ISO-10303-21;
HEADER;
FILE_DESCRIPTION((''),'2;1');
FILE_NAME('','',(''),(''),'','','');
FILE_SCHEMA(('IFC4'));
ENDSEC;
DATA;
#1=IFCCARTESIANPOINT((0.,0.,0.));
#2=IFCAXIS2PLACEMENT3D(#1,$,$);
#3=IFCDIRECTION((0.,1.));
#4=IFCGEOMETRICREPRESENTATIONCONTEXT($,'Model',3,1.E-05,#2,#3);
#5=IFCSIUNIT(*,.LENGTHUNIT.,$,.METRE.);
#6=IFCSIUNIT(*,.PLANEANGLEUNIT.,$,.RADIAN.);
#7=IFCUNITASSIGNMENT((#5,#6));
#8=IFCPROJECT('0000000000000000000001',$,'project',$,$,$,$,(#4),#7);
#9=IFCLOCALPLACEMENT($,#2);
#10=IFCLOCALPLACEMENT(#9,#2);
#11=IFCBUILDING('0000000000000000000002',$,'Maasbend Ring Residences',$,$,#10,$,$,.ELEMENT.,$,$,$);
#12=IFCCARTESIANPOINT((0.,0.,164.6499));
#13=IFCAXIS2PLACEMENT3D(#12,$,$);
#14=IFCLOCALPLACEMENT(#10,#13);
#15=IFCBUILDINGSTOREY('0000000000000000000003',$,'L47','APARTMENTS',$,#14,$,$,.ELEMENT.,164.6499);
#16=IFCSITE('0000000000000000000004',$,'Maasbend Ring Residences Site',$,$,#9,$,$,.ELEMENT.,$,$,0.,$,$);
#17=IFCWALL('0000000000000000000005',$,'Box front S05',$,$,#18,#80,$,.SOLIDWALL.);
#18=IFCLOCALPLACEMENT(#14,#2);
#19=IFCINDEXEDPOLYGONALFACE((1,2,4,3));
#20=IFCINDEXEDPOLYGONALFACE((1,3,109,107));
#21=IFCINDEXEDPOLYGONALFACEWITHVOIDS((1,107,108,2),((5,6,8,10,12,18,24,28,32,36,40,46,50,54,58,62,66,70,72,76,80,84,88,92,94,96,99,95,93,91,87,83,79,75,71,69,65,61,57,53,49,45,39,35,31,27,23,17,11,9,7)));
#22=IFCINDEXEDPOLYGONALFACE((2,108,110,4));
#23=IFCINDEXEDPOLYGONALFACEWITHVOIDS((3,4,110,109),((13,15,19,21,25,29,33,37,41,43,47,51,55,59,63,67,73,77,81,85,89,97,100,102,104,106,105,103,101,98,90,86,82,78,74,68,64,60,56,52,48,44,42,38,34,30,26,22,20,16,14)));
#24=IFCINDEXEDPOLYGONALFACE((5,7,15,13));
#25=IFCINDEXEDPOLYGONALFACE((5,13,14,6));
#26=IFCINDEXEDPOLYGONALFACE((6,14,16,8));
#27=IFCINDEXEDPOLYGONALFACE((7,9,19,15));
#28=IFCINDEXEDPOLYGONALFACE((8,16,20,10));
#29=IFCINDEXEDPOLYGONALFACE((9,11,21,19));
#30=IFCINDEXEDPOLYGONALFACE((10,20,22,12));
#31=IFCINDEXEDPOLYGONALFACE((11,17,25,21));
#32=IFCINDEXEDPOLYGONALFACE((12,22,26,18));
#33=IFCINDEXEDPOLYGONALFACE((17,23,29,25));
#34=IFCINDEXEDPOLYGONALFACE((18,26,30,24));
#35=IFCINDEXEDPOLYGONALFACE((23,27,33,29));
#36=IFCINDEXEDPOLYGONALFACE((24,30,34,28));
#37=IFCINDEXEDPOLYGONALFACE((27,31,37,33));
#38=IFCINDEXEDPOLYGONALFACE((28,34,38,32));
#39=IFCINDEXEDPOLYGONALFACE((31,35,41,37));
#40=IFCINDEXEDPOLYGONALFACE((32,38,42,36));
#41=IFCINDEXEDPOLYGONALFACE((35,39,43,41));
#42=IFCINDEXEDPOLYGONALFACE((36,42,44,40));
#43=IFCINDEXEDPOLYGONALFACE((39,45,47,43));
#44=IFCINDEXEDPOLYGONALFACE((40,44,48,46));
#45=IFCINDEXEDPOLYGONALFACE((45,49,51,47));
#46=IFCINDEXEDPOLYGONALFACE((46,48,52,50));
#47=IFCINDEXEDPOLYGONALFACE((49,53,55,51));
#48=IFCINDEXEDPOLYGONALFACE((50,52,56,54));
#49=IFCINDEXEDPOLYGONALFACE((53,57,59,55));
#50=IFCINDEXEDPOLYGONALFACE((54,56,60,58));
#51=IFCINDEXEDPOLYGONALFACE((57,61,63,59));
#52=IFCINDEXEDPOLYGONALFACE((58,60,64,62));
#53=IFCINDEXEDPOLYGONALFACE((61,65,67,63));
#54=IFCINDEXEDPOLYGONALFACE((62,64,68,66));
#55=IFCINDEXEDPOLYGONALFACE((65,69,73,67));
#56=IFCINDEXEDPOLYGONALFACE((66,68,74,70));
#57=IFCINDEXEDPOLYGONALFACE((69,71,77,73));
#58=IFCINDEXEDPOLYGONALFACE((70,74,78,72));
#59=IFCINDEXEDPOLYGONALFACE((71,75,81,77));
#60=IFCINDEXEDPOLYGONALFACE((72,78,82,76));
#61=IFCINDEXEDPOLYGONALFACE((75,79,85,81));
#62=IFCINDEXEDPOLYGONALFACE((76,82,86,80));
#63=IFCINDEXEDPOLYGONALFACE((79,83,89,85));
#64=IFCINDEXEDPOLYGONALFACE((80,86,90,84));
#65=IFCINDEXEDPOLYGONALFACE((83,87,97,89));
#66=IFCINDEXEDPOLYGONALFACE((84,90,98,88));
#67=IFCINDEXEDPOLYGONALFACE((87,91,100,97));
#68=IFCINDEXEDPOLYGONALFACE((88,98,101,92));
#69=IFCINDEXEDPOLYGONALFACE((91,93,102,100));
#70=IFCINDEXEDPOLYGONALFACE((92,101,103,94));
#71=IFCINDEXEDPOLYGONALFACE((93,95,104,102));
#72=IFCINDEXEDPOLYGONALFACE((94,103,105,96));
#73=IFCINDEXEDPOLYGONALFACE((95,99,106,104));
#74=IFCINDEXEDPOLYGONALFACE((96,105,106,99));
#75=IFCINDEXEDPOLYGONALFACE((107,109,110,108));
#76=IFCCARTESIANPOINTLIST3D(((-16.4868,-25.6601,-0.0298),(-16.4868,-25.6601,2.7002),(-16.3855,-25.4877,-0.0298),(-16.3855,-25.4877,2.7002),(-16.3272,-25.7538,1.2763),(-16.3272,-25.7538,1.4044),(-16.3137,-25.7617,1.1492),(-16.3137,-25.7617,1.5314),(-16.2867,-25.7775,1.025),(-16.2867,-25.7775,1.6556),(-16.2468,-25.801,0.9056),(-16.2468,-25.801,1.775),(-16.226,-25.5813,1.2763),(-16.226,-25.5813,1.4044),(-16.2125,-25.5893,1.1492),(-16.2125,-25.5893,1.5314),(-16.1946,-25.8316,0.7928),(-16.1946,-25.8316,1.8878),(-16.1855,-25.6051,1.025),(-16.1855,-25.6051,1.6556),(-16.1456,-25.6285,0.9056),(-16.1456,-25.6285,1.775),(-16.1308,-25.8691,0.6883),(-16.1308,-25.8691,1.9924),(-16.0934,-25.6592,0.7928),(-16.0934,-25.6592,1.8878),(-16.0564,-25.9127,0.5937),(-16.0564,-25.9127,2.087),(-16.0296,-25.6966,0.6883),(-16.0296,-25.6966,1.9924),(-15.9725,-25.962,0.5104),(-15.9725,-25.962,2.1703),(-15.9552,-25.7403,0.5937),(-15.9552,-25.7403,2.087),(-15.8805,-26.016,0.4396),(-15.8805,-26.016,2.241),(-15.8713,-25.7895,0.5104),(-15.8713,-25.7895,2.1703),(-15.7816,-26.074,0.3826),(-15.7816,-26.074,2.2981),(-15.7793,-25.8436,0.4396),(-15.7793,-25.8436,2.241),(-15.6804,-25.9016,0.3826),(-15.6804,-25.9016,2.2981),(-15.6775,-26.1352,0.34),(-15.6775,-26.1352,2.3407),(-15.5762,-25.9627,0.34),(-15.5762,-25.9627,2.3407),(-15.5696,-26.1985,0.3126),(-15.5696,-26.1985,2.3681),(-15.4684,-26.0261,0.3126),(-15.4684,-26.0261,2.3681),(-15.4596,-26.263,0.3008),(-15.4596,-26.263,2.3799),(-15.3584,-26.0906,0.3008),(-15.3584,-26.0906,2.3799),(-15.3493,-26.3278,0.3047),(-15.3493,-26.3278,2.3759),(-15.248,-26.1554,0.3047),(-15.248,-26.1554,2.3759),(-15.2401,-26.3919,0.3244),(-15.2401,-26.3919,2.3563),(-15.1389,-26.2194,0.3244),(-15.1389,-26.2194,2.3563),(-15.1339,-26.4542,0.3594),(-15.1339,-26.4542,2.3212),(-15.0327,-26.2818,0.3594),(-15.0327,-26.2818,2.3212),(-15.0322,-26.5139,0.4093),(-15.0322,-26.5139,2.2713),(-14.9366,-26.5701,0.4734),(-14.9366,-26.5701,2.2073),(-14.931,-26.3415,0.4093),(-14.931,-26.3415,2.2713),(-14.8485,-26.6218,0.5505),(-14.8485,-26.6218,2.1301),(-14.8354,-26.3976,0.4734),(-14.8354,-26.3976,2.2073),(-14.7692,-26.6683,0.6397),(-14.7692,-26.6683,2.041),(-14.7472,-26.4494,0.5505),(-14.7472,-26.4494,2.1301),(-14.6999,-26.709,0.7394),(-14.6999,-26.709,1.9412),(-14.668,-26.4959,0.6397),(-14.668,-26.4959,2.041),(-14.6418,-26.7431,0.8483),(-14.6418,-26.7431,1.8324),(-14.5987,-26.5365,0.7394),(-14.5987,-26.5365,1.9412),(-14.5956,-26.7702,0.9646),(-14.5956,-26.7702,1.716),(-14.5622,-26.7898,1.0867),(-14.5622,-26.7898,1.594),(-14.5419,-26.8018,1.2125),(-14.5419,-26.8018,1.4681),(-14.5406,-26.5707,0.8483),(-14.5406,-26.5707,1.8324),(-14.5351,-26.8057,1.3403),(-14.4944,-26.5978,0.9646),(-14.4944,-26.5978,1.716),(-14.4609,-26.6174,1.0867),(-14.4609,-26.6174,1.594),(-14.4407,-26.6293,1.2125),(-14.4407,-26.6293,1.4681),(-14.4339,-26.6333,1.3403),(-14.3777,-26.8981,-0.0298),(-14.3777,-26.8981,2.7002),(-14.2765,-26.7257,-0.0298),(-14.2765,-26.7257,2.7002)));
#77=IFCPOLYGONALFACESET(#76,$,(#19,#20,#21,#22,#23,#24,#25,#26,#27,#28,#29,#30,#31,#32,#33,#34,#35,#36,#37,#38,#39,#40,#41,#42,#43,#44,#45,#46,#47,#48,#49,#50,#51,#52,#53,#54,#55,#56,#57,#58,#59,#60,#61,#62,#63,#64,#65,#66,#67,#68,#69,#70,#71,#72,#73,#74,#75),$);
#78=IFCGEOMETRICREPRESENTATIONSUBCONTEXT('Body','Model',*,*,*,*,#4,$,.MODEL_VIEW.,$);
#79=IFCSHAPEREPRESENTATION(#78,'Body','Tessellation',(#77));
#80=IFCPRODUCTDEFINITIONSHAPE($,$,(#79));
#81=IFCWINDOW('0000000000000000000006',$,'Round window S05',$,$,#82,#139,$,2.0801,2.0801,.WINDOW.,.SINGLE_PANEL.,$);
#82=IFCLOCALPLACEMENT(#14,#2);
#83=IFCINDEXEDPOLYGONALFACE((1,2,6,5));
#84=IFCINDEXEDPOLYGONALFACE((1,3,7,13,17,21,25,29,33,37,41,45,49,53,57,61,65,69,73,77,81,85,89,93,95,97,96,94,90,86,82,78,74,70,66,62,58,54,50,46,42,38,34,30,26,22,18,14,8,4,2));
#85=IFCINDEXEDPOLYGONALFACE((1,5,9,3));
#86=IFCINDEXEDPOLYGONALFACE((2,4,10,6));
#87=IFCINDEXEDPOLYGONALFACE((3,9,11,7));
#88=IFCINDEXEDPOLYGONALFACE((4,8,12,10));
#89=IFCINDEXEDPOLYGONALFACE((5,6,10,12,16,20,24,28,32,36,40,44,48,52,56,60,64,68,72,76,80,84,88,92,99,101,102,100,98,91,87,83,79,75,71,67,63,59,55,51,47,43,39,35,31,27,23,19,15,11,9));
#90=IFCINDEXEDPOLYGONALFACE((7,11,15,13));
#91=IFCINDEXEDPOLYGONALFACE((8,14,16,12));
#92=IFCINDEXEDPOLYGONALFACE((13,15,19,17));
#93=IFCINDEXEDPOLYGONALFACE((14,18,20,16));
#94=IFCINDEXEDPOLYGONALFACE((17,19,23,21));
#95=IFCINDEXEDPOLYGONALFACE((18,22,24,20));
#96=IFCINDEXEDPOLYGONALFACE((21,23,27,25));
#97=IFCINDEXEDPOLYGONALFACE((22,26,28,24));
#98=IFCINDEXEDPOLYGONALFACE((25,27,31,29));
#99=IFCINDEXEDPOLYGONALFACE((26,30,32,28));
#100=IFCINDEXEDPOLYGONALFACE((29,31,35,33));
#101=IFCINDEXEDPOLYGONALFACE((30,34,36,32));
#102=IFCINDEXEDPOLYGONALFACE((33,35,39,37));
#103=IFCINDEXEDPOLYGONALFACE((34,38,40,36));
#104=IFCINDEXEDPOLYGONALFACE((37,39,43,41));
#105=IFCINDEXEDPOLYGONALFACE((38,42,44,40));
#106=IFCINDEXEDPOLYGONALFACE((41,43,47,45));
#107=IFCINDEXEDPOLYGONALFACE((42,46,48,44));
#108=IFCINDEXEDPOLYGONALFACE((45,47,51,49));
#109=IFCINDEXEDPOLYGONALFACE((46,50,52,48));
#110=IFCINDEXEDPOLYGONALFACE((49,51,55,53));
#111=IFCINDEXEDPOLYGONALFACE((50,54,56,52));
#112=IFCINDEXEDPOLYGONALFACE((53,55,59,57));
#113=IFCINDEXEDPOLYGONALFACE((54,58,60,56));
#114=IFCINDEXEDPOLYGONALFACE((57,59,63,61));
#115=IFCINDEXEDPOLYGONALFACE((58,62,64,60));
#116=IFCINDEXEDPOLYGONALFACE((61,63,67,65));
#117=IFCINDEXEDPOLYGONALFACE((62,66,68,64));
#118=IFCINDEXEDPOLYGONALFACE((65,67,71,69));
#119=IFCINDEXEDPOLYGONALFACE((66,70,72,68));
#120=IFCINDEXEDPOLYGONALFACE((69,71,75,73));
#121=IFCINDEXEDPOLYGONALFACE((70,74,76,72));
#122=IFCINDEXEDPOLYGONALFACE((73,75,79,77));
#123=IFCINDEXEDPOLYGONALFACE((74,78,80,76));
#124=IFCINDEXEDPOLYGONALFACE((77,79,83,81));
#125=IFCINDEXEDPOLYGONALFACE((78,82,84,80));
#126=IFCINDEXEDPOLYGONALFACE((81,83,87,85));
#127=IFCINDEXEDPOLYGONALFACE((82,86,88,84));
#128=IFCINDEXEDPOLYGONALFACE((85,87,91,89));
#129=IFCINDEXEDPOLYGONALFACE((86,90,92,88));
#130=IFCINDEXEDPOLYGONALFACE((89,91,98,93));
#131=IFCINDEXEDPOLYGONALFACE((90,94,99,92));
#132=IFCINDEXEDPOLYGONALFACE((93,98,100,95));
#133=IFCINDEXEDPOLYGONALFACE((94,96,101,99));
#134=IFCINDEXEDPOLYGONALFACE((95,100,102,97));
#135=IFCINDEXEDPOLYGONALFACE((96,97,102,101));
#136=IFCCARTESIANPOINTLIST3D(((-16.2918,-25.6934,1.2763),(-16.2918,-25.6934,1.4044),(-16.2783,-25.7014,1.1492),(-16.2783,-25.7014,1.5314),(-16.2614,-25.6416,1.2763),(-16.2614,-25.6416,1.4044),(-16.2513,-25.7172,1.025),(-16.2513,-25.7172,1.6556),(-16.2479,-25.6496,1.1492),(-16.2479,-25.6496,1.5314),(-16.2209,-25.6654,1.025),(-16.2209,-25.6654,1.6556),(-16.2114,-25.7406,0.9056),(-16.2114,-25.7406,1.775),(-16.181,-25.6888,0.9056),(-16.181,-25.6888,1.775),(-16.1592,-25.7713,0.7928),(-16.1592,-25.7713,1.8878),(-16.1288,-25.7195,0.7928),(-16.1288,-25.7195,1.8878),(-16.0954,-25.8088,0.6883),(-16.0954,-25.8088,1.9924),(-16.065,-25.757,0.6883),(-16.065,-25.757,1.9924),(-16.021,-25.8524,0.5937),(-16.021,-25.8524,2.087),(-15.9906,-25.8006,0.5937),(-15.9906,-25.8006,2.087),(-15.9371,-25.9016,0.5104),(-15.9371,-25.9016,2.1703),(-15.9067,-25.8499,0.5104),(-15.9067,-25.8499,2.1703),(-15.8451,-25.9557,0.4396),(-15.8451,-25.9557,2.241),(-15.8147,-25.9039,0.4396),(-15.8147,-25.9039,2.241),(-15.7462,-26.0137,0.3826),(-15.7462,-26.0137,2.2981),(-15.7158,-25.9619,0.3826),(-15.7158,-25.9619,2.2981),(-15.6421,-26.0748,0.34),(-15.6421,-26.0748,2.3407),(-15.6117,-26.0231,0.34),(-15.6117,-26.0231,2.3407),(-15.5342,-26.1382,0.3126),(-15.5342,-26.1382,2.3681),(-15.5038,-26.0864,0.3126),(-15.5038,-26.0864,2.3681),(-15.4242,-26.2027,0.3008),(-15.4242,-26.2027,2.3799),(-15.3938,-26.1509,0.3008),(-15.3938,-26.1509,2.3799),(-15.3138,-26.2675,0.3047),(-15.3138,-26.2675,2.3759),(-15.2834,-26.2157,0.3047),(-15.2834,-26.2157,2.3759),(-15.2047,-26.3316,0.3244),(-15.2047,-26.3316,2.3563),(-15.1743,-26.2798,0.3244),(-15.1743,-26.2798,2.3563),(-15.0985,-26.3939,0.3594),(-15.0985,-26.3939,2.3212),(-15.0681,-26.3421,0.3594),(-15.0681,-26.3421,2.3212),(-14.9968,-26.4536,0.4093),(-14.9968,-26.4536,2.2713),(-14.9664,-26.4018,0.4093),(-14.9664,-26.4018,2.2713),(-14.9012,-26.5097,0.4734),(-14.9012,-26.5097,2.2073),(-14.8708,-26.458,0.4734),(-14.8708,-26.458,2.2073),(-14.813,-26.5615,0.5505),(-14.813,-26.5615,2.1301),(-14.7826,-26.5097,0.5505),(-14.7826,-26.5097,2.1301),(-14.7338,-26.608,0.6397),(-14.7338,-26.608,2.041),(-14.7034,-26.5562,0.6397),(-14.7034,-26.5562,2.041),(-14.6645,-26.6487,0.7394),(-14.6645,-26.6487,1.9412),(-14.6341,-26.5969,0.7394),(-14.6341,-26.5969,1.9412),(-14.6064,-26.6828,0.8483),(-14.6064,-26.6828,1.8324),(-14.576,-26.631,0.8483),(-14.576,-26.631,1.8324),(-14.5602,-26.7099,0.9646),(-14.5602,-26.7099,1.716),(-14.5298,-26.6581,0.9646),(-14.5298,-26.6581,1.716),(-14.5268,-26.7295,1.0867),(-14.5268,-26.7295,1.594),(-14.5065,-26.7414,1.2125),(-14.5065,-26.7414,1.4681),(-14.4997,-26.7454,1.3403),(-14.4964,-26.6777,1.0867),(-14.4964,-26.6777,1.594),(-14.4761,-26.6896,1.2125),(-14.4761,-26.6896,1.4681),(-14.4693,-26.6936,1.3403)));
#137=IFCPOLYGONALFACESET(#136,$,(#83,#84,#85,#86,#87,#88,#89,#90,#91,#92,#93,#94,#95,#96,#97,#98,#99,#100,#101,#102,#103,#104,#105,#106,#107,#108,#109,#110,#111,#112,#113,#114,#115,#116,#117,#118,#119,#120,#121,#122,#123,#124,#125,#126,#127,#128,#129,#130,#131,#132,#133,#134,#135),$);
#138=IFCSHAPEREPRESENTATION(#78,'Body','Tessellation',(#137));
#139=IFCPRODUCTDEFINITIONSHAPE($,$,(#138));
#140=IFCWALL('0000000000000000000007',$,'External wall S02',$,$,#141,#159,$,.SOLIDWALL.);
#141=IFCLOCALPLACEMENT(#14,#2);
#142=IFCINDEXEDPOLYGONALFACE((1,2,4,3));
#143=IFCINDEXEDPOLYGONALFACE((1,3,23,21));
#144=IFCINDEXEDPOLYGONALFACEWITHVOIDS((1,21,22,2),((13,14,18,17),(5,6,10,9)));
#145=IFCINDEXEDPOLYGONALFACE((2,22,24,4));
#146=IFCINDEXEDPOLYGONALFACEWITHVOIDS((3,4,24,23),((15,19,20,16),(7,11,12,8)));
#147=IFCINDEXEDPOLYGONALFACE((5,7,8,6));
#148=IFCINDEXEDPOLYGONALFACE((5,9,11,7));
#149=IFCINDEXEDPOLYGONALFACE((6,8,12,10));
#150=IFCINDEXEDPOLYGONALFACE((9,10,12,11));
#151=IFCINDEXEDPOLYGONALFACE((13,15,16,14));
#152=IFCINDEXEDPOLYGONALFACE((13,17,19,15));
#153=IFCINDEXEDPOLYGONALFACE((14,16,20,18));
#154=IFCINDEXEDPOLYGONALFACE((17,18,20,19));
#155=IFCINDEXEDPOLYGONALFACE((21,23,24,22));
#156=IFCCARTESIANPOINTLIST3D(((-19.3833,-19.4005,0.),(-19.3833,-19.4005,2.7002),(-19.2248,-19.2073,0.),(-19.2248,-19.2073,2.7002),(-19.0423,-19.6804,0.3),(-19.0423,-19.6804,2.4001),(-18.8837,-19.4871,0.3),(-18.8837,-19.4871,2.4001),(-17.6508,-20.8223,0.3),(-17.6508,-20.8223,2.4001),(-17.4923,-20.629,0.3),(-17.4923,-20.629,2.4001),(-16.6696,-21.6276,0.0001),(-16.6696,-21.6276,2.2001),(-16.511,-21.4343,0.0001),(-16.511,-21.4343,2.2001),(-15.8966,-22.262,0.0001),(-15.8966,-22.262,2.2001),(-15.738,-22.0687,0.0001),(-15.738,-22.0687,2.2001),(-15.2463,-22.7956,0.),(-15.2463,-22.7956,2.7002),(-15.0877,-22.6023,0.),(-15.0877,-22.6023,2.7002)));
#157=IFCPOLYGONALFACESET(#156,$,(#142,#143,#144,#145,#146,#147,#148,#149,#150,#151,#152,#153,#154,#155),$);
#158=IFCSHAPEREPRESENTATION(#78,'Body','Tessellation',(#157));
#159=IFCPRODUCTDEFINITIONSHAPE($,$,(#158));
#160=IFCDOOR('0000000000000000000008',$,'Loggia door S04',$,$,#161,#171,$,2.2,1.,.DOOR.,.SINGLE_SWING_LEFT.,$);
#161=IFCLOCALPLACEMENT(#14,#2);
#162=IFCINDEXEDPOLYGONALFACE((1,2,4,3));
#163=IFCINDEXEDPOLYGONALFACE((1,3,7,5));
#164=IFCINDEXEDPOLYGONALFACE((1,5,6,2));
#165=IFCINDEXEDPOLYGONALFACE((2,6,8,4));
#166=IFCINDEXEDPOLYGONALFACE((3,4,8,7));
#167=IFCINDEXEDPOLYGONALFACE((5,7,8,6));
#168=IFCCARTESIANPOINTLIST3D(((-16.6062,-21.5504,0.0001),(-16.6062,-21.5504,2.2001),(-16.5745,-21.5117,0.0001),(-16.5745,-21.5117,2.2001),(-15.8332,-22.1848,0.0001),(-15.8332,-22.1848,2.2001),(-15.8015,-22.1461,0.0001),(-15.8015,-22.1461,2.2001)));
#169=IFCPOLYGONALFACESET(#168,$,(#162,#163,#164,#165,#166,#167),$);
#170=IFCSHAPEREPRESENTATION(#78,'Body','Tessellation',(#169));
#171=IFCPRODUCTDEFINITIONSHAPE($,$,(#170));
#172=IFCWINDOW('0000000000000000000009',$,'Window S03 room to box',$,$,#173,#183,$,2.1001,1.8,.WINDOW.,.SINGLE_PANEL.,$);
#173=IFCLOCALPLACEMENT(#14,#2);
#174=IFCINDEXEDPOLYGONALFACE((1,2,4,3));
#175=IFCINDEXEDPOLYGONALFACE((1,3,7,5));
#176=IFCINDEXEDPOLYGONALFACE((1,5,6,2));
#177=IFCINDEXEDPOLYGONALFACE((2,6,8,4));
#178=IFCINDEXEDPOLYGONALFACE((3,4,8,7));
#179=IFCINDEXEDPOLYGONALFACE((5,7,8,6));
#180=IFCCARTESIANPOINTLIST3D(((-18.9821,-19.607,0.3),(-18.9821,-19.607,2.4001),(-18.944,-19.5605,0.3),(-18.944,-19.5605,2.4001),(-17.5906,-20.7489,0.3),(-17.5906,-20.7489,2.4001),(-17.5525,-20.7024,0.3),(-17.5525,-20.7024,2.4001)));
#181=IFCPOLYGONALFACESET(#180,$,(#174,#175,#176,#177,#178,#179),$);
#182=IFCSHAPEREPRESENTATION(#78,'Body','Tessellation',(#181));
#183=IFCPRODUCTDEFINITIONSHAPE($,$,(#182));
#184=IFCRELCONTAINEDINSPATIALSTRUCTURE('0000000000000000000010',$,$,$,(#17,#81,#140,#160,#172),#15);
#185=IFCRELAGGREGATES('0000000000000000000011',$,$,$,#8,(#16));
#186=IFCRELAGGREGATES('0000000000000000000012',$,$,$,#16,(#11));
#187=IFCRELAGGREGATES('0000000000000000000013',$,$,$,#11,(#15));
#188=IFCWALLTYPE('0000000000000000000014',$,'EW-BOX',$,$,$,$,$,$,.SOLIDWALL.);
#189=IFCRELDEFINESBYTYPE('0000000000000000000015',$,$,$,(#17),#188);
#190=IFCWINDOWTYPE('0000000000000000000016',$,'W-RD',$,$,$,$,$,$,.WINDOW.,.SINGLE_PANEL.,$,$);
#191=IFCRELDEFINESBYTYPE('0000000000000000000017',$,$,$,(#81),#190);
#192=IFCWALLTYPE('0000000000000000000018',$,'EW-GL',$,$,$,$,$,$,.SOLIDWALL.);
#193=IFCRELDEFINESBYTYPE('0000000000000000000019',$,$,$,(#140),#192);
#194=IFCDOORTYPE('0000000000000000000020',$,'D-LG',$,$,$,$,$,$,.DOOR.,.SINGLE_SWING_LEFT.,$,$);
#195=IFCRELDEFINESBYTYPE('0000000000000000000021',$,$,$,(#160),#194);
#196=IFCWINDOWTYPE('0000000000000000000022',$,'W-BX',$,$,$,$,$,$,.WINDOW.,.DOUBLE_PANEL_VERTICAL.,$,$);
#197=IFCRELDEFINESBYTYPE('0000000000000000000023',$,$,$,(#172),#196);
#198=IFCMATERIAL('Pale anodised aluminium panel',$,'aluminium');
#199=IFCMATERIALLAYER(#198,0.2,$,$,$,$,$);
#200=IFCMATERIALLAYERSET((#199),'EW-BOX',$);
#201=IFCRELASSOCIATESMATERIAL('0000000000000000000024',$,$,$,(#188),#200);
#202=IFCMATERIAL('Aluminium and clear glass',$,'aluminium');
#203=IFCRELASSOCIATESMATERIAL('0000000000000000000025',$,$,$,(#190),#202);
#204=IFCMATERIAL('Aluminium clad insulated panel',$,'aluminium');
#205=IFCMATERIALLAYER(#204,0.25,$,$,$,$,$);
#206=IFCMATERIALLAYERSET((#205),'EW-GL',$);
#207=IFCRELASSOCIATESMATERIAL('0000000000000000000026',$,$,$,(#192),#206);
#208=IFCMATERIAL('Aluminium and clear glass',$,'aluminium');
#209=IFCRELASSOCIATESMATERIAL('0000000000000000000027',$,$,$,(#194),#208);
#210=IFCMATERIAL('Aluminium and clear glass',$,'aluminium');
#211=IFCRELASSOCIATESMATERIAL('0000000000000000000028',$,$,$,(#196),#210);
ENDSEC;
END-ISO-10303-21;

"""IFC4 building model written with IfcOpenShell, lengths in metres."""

from ifc_helpers import new_model, si_unit, direction, frame, frame_2d, origin, place, context, subcontext, project, spatial, rectangle, circle, extrude, material, layer, layer_set, type_object, element, fill, save


model = new_model("IFC4")

# Units and contexts
model_context = context("Model", 3, precision=1e-05, world=origin(), true_north=direction((0.0, 1.0)))
body_context = subcontext(model_context, "Body", "Model", "MODEL_VIEW")
ifc_project = project(units=[si_unit("LENGTHUNIT", "METRE"), si_unit("PLANEANGLEUNIT", "RADIAN")], contexts=[model_context])

# Site, building, storey
site_placement = place(None, origin())
site = spatial("IfcSite", under=ifc_project, at=site_placement, Name="Maasbend Ring Residences Site", CompositionType="ELEMENT", RefElevation=0.0)
building_placement = place(site_placement, origin())
building = spatial("IfcBuilding", under=site, at=building_placement, Name="Maasbend Ring Residences", CompositionType="ELEMENT")
storey_placement = place(building_placement, frame((0.0, 0.0, 164.6499)))
storey = spatial("IfcBuildingStorey", under=building, at=storey_placement, Name="L47", Description="APARTMENTS", CompositionType="ELEMENT", Elevation=164.6499)

# Shared definitions
ifc_material_1 = material(Name="Pale anodised aluminium panel", Category="aluminium")
ifc_layer_1 = layer(ifc_material_1, 0.2)
ifc_layer_set_1 = layer_set([ifc_layer_1], Name="EW-BOX")
wall_type_1 = type_object("IfcWallType", Name="EW-BOX", PredefinedType="SOLIDWALL", material=ifc_layer_set_1)
ifc_material_2 = material(Name="Aluminium and clear glass", Category="aluminium")
window_type_1 = type_object("IfcWindowType", Name="W-RD", PartitioningType="SINGLE_PANEL", PredefinedType="WINDOW", material=ifc_material_2)

# Wall, opening, window
wall_1_placement = place(storey_placement, frame((-16.436, -25.574, -0.0298), z_axis=(0.0, 0.0, 1.0), x_axis=(0.862403, -0.506222, 0.0)))
wall_1 = element("IfcWall", 1, at=wall_1_placement, inside=storey, type_object=wall_type_1, Name="Box front S05", PredefinedType="SOLIDWALL", context=body_context, shape_type="SweptSolid", body=[
    extrude(rectangle(XDim=2.4456, YDim=0.2, at=frame_2d((1.2227, 0.0))), origin(), (0.0, 0.0, 1.0), 2.73),
])
opening_1_placement = place(wall_1_placement, frame((0.1829, 0.0, 0.3301)))
opening_1 = element("IfcOpeningElement", 2, at=opening_1_placement, cuts=wall_1, PredefinedType="OPENING", context=body_context, shape_type="SweptSolid", body=[
    extrude(circle(Radius=1.04, at=frame_2d((1.04, 1.04))), frame((0.0, 0.1099, 0.0), z_axis=(0.0, -1.0, 0.0), x_axis=(1.0, 0.0, 0.0)), (0.0, 0.0, 1.0), 0.22),
])
window_1_placement = place(opening_1_placement, origin())
window_1 = element("IfcWindow", 3, at=window_1_placement, inside=storey, type_object=window_type_1, Name="Round window S05", OverallHeight=2.0801, OverallWidth=2.0801, PartitioningType="SINGLE_PANEL", PredefinedType="WINDOW", context=body_context, shape_type="SweptSolid", body=[
    extrude(circle(Radius=1.04, at=frame_2d((1.04, 1.04))), frame((0.0, 0.03, 0.0), z_axis=(0.0, -1.0, 0.0), x_axis=(1.0, 0.0, 0.0)), (0.0, 0.0, 1.0), 0.0601),
])
fill(opening_1, window_1)

# Wall, openings, door, window
ifc_material_3 = material(Name="Aluminium clad insulated panel", Category="aluminium")
ifc_layer_2 = layer(ifc_material_3, 0.25)
ifc_layer_set_2 = layer_set([ifc_layer_2], Name="EW-GL")
wall_type_2 = type_object("IfcWallType", Name="EW-GL", PredefinedType="SOLIDWALL", material=ifc_layer_set_2)
wall_2_placement = place(storey_placement, frame((-19.304, -19.304, 0.0), z_axis=(0.0, 0.0, 1.0), x_axis=(0.773019, -0.634382, 0.0)))
wall_2 = element("IfcWall", 4, at=wall_2_placement, inside=storey, type_object=wall_type_2, Name="External wall S02", PredefinedType="SOLIDWALL", context=body_context, shape_type="SweptSolid", body=[
    extrude(rectangle(XDim=5.3518, YDim=0.25, at=frame_2d((2.6758, 0.0))), origin(), (0.0, 0.0, 1.0), 2.7002),
])
opening_2_placement = place(wall_2_placement, frame((0.4412, 0.0, 0.3)))
opening_2 = element("IfcOpeningElement", 5, at=opening_2_placement, cuts=wall_2, PredefinedType="OPENING", context=body_context, shape_type="SweptSolid", body=[
    extrude(rectangle(XDim=1.8, YDim=2.1001, at=frame_2d((0.8999, 1.05))), frame((0.0, 0.135, 0.0), z_axis=(0.0, -1.0, 0.0), x_axis=(1.0, 0.0, 0.0)), (0.0, 0.0, 1.0), 0.27),
])
opening_3_placement = place(wall_2_placement, frame((3.5105, 0.0, 0.0)))
opening_3 = element("IfcOpeningElement", 6, at=opening_3_placement, cuts=wall_2, PredefinedType="OPENING", context=body_context, shape_type="SweptSolid", body=[
    extrude(rectangle(XDim=1.0, YDim=2.2, at=frame_2d((0.5, 1.1001))), frame((0.0, 0.135, 0.0), z_axis=(0.0, -1.0, 0.0), x_axis=(1.0, 0.0, 0.0)), (0.0, 0.0, 1.0), 0.27),
])
ifc_material_4 = material(Name="Aluminium and clear glass", Category="aluminium")
door_type_1 = type_object("IfcDoorType", Name="D-LG", OperationType="SINGLE_SWING_LEFT", PredefinedType="DOOR", material=ifc_material_4)
door_1_placement = place(opening_3_placement, origin())
door_1 = element("IfcDoor", 7, at=door_1_placement, inside=storey, type_object=door_type_1, Name="Loggia door S04", OperationType="SINGLE_SWING_LEFT", OverallHeight=2.2, OverallWidth=1.0, PredefinedType="DOOR", context=body_context, shape_type="SweptSolid", body=[
    extrude(rectangle(XDim=1.0, YDim=2.2, at=frame_2d((0.5, 1.1001))), frame((0.0, 0.0249, 0.0), z_axis=(0.0, -1.0, 0.0), x_axis=(1.0, 0.0, 0.0)), (0.0, 0.0, 1.0), 0.05),
])
fill(opening_3, door_1)
ifc_material_5 = material(Name="Aluminium and clear glass", Category="aluminium")
window_type_2 = type_object("IfcWindowType", Name="W-BX", PartitioningType="DOUBLE_PANEL_VERTICAL", PredefinedType="WINDOW", material=ifc_material_5)
window_2_placement = place(opening_2_placement, origin())
window_2 = element("IfcWindow", 8, at=window_2_placement, inside=storey, type_object=window_type_2, Name="Window S03 room to box", OverallHeight=2.1001, OverallWidth=1.8, PartitioningType="SINGLE_PANEL", PredefinedType="WINDOW", context=body_context, shape_type="SweptSolid", body=[
    extrude(rectangle(XDim=1.8, YDim=2.1001, at=frame_2d((0.8999, 1.05))), frame((0.0, 0.03, 0.0), z_axis=(0.0, -1.0, 0.0), x_axis=(1.0, 0.0, 0.0)), (0.0, 0.0, 1.0), 0.0601),
])
fill(opening_2, window_2)

save(model, "model.ifc")
